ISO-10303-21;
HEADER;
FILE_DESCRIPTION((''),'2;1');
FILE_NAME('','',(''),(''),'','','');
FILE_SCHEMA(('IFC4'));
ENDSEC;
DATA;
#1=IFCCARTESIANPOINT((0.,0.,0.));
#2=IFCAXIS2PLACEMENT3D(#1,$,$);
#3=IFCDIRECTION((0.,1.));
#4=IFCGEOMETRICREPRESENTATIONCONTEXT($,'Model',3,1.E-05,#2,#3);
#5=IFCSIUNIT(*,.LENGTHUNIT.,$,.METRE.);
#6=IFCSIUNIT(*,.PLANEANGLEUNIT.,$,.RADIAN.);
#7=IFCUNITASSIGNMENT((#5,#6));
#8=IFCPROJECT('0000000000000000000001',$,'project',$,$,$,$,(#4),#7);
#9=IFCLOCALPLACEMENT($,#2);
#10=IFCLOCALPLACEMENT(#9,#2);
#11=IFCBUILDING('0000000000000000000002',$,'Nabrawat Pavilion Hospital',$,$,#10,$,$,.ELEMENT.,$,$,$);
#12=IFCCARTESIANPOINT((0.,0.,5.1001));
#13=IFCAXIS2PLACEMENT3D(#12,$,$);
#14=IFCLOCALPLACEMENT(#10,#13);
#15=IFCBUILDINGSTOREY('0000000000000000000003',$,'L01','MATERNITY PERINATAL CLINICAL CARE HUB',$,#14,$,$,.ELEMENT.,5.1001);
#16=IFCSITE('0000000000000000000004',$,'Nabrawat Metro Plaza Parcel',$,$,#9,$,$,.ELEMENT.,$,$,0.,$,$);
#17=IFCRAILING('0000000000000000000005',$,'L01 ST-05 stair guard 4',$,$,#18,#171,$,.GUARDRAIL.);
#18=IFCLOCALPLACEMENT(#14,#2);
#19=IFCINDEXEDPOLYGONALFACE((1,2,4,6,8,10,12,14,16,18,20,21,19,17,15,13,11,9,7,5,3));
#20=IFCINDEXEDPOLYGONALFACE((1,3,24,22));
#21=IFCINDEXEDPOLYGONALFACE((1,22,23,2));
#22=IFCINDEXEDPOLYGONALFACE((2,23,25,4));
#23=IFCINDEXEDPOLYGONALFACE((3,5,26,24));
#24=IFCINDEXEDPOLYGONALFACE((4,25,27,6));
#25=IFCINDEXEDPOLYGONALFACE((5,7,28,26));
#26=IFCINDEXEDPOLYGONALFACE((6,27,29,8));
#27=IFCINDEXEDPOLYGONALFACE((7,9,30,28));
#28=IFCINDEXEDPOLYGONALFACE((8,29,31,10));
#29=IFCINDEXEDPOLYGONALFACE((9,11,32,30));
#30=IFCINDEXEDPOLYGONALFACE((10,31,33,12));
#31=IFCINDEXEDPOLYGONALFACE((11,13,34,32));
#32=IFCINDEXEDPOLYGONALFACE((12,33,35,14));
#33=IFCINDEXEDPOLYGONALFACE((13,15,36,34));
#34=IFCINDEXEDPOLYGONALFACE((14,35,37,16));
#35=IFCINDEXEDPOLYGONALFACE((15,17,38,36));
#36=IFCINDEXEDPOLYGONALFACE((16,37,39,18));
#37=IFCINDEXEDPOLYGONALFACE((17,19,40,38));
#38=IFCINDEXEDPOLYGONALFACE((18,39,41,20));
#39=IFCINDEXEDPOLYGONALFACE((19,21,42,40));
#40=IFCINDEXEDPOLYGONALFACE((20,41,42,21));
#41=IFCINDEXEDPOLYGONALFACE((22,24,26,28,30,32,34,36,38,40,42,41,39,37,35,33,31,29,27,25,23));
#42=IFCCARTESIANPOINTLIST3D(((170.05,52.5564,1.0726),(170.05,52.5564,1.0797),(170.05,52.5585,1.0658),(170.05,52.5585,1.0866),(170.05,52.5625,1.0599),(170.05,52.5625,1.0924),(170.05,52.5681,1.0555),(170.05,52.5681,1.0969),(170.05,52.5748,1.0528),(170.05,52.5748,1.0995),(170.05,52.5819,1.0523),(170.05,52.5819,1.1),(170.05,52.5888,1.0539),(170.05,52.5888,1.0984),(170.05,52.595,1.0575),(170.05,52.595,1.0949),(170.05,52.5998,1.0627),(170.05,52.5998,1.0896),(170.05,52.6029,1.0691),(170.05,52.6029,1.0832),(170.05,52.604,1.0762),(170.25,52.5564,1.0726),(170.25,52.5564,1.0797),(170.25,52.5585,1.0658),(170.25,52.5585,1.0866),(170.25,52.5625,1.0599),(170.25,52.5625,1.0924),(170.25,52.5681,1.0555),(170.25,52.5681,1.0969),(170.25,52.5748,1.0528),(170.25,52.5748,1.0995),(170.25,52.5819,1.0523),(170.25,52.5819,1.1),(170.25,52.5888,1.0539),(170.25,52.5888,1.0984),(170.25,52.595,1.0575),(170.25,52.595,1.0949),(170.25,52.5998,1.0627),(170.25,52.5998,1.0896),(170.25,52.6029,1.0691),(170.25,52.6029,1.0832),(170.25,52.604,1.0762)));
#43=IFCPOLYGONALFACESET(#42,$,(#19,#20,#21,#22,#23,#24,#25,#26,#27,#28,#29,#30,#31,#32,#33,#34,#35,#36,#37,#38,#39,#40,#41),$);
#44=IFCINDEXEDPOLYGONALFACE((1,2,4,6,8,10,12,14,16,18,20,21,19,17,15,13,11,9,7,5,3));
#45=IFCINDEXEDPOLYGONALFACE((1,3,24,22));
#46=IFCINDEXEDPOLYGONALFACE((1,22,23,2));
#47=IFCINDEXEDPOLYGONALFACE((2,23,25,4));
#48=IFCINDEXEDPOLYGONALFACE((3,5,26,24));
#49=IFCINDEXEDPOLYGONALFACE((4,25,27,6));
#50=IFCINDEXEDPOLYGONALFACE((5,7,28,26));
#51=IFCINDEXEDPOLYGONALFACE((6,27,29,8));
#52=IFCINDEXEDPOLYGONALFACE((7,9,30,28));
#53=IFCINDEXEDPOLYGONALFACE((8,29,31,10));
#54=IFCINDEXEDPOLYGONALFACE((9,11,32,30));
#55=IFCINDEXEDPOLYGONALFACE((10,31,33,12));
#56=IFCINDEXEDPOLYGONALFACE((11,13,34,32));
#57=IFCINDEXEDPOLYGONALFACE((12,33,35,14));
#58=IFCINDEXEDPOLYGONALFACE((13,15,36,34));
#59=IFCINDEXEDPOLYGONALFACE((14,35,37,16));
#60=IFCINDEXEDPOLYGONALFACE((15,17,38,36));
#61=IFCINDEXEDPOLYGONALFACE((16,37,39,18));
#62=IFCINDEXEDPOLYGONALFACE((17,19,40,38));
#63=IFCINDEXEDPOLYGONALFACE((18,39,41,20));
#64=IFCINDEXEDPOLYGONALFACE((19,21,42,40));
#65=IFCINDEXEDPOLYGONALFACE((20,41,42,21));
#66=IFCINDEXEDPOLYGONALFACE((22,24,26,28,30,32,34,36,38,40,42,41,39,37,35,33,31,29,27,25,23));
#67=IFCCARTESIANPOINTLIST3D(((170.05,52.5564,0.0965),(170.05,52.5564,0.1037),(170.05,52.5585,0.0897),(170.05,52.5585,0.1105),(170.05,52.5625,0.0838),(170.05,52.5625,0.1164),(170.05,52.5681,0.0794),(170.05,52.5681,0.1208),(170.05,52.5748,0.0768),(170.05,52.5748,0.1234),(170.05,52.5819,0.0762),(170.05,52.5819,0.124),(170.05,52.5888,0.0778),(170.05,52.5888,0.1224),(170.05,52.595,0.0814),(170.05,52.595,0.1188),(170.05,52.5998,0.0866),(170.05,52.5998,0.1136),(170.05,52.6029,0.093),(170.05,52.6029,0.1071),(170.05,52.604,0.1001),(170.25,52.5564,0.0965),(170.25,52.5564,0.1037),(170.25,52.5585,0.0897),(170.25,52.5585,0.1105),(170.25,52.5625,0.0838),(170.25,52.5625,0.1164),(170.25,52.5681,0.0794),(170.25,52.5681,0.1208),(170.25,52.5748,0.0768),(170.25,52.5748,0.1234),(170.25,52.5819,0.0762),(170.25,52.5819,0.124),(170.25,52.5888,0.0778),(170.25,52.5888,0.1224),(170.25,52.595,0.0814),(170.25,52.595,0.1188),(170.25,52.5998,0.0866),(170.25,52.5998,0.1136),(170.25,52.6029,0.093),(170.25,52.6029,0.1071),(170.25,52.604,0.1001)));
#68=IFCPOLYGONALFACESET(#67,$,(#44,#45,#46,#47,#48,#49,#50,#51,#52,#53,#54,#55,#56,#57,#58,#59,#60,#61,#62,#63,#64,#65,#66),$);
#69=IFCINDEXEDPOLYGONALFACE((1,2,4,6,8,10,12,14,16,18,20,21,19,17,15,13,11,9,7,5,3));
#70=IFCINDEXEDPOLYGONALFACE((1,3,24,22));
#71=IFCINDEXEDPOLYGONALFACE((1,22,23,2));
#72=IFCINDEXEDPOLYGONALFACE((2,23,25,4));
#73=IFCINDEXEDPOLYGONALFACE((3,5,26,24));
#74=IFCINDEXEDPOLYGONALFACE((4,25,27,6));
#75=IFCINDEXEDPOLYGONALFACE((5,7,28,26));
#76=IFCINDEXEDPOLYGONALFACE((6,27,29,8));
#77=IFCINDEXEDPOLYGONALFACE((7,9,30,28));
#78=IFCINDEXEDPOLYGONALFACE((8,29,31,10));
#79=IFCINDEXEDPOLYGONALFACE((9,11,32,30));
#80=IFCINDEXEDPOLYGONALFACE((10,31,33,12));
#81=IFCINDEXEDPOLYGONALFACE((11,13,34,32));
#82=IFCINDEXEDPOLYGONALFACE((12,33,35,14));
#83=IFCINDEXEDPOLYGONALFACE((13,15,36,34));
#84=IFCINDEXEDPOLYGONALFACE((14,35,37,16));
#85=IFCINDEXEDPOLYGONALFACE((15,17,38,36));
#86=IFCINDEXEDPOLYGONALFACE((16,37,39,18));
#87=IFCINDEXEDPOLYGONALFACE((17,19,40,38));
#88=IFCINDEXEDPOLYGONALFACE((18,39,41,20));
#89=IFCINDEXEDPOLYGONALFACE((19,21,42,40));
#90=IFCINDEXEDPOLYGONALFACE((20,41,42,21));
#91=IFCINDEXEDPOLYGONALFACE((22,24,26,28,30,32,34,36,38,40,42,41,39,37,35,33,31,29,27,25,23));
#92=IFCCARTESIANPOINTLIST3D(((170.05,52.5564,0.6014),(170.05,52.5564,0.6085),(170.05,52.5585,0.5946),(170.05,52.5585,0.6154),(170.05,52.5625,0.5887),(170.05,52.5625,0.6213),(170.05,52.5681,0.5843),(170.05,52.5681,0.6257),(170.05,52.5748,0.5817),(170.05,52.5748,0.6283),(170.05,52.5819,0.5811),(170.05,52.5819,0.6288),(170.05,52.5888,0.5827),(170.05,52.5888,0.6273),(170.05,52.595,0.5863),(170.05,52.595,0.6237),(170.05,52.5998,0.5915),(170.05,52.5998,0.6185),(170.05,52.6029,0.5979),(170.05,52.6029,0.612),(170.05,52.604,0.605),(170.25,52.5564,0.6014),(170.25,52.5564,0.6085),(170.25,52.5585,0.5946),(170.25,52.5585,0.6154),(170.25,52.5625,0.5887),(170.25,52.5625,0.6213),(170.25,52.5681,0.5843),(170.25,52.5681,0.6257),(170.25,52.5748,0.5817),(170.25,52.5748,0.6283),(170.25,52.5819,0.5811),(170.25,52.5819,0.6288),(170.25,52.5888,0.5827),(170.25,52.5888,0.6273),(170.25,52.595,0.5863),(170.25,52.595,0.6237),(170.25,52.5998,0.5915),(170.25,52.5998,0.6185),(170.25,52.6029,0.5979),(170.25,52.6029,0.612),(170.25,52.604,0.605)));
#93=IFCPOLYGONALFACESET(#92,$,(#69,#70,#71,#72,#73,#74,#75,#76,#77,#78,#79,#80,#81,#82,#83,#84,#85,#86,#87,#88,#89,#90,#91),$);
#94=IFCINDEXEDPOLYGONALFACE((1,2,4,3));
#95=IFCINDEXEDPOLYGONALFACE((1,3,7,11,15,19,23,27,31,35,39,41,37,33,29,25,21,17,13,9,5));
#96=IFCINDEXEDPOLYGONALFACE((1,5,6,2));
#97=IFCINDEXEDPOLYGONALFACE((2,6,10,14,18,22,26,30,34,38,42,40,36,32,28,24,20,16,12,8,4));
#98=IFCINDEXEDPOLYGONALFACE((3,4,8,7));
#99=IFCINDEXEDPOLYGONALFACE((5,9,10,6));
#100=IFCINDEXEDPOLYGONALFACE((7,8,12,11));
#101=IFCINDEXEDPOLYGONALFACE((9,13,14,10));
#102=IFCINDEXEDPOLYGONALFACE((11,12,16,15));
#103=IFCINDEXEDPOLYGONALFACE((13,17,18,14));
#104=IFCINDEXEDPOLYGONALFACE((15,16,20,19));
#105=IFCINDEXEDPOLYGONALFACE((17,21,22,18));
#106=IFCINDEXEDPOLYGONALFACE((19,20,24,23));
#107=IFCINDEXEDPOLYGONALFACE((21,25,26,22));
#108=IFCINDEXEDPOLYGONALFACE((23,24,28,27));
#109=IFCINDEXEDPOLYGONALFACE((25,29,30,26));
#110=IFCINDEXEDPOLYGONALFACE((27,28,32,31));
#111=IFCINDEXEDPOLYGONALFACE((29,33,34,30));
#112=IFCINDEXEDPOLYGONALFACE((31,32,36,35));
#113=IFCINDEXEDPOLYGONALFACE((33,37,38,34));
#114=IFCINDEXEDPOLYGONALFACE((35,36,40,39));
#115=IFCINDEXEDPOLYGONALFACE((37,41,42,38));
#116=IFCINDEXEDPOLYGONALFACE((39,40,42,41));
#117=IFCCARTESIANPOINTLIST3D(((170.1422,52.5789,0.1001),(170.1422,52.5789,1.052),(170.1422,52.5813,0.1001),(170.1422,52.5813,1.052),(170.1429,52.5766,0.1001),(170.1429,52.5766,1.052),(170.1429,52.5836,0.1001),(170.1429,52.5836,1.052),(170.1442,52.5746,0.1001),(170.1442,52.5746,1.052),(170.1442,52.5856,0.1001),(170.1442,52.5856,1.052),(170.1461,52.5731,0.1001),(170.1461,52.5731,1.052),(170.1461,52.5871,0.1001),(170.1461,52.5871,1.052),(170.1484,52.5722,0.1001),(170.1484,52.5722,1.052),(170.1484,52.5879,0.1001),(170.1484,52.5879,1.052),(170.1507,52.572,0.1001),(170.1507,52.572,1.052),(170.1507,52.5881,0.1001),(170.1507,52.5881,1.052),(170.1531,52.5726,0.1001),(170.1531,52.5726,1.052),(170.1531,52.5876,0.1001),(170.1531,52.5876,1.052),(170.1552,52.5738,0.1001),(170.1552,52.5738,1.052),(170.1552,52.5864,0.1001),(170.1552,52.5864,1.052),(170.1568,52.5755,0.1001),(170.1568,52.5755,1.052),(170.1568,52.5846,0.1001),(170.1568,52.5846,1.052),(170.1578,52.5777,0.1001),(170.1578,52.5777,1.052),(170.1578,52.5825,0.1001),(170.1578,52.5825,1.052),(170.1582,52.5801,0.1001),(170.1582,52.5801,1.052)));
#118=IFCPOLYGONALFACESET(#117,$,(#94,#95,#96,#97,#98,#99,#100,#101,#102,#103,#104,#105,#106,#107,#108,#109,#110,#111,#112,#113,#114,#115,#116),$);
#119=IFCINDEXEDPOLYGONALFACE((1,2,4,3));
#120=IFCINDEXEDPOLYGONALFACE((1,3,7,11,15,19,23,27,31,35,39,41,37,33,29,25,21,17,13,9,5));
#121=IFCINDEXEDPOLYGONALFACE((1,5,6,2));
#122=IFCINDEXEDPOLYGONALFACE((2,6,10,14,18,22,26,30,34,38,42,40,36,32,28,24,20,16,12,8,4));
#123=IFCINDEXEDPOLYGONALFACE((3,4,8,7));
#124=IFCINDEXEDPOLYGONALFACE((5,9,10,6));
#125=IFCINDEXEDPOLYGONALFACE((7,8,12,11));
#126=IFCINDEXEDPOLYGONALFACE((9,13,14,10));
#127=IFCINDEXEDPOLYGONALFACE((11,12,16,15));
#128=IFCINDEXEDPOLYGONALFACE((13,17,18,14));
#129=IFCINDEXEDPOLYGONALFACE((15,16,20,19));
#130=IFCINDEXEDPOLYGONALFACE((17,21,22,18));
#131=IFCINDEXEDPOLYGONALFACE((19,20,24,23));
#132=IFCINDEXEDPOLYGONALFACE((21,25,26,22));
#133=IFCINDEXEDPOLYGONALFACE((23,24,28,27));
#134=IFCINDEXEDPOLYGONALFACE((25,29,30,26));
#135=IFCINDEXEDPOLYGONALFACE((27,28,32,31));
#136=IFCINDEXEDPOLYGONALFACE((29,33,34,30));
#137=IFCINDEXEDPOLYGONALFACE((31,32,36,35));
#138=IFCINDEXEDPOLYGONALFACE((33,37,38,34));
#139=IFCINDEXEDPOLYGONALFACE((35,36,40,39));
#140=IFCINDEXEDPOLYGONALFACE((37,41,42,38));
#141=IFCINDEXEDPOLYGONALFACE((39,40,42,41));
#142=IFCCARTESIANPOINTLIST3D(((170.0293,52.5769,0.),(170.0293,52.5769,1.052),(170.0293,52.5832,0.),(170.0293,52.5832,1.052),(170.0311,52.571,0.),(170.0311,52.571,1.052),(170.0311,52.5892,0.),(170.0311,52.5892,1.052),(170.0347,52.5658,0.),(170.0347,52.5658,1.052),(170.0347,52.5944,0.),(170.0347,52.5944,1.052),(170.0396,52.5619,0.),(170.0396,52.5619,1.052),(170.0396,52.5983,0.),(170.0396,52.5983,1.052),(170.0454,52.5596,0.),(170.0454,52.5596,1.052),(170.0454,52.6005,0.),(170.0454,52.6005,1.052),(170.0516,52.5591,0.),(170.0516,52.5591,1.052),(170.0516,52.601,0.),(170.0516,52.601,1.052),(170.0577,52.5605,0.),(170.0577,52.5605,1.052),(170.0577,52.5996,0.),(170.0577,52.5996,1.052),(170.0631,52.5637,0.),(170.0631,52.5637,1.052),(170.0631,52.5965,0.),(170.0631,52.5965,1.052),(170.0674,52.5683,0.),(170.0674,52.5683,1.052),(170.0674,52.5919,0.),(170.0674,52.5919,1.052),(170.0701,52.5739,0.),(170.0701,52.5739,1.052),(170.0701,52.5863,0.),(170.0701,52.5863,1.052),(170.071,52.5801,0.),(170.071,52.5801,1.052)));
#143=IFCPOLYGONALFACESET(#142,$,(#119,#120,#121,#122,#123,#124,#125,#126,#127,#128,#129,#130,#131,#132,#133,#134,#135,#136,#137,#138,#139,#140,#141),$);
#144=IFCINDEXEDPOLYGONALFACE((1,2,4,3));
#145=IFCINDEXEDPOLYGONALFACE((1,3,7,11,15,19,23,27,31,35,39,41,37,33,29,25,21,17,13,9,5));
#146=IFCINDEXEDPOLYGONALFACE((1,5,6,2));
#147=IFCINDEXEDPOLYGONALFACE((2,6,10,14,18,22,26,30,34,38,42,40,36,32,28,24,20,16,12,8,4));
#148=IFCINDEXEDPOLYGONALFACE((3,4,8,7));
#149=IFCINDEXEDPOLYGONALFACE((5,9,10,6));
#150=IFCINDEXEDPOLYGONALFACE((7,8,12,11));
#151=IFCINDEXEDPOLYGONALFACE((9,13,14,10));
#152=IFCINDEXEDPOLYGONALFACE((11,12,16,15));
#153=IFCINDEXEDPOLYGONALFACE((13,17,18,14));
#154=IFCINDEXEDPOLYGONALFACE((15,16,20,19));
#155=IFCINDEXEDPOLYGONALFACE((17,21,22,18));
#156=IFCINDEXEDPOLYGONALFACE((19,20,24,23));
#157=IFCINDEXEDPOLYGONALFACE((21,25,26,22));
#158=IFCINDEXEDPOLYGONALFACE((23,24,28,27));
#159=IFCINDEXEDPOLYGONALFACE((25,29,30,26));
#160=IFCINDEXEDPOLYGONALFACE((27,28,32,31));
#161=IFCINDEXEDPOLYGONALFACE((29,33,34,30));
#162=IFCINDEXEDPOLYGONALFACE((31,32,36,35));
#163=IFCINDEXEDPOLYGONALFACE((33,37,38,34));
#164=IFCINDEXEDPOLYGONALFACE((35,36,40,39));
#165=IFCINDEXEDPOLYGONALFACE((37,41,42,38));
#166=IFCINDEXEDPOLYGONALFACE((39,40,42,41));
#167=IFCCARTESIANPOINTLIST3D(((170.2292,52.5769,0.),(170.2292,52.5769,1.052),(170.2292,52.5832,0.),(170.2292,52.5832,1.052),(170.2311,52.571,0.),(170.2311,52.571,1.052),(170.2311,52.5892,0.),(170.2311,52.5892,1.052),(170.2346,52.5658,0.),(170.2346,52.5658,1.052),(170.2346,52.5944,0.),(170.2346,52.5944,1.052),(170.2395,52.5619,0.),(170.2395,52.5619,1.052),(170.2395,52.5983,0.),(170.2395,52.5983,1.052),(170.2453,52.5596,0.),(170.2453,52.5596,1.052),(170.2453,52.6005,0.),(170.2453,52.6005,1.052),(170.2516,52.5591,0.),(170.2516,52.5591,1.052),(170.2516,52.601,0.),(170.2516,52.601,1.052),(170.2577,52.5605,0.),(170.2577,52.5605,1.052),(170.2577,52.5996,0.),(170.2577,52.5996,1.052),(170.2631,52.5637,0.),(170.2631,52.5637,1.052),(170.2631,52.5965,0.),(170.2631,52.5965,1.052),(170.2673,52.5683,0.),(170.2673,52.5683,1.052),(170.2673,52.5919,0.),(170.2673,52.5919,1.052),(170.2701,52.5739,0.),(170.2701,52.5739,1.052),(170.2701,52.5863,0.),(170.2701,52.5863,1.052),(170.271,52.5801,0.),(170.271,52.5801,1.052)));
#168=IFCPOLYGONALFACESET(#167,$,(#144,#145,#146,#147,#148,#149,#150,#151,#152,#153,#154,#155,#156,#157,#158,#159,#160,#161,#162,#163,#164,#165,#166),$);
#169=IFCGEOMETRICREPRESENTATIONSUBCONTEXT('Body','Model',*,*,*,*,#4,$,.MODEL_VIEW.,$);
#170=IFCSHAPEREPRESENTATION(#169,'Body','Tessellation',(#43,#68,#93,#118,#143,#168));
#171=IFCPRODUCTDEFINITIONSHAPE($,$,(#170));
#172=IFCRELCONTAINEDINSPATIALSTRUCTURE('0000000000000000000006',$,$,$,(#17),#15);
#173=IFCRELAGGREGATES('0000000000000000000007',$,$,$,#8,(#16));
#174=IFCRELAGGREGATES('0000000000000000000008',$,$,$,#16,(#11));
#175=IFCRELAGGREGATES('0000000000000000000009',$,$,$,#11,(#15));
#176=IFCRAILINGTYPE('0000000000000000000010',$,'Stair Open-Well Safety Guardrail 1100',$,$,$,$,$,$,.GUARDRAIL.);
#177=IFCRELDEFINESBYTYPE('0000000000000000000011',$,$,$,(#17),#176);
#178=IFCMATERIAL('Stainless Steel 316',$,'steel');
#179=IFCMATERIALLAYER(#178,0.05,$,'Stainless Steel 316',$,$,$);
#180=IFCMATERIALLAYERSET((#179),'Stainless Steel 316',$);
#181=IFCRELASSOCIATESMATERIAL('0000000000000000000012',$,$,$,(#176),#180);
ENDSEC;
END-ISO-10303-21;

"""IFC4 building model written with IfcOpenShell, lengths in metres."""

from ifc_helpers import new_model, si_unit, direction, frame, origin, origin_2d, place, context, subcontext, project, spatial, circle, extrude, material, layer, layer_set, type_object, element, save


model = new_model("IFC4")

# Units and contexts
model_context = context("Model", 3, precision=1e-05, world=origin(), true_north=direction((0.0, 1.0)))
body_context = subcontext(model_context, "Body", "Model", "MODEL_VIEW")
ifc_project = project(units=[si_unit("LENGTHUNIT", "METRE"), si_unit("PLANEANGLEUNIT", "RADIAN")], contexts=[model_context])

# Site, building, storey
site_placement = place(None, origin())
site = spatial("IfcSite", under=ifc_project, at=site_placement, Name="Nabrawat Metro Plaza Parcel", CompositionType="ELEMENT", RefElevation=0.0)
building_placement = place(site_placement, origin())
building = spatial("IfcBuilding", under=site, at=building_placement, Name="Nabrawat Pavilion Hospital", CompositionType="ELEMENT")
storey_placement = place(building_placement, frame((0.0, 0.0, 5.1001)))
storey = spatial("IfcBuildingStorey", under=building, at=storey_placement, Name="L01", Description="MATERNITY PERINATAL CLINICAL CARE HUB", CompositionType="ELEMENT", Elevation=5.1001)

# Railing
ifc_material_1 = material(Name="Stainless Steel 316", Category="steel")
ifc_layer_1 = layer(ifc_material_1, 0.05, Name="Stainless Steel 316")
ifc_layer_set_1 = layer_set([ifc_layer_1], Name="Stainless Steel 316")
railing_type_1 = type_object("IfcRailingType", Name="Stair Open-Well Safety Guardrail 1100", PredefinedType="GUARDRAIL", material=ifc_layer_set_1)
railing_1_placement = place(storey_placement, frame((170.05, 52.5801, 0.0)))
element("IfcRailing", 1, at=railing_1_placement, inside=storey, type_object=railing_type_1, Name="L01 ST-05 stair guard 4", PredefinedType="GUARDRAIL", context=body_context, shape_type="SweptSolid", body=[
    extrude(circle(Radius=0.0239, at=origin_2d()), frame((0.0, 0.0, 1.0762), z_axis=(1.0, 0.0, 0.0), x_axis=(0.0, 1.0, 0.0)), (0.0, 0.0, 1.0), 0.2),
    extrude(circle(Radius=0.0239, at=origin_2d()), frame((0.0, 0.0, 0.1001), z_axis=(1.0, 0.0, 0.0), x_axis=(0.0, 1.0, 0.0)), (0.0, 0.0, 1.0), 0.2),
    extrude(circle(Radius=0.0239, at=origin_2d()), frame((0.0, 0.0, 0.605), z_axis=(1.0, 0.0, 0.0), x_axis=(0.0, 1.0, 0.0)), (0.0, 0.0, 1.0), 0.2),
    extrude(circle(Radius=0.0081, at=origin_2d()), frame((0.1001, 0.0, 0.1001)), (0.0, 0.0, 1.0), 0.9519),
    extrude(circle(Radius=0.021, at=origin_2d()), origin(), (0.0, 0.0, 1.0), 1.052),
    extrude(circle(Radius=0.021, at=origin_2d()), frame((0.2, 0.0, 0.0)), (0.0, 0.0, 1.0), 1.052),
])

save(model, "model.ifc")
